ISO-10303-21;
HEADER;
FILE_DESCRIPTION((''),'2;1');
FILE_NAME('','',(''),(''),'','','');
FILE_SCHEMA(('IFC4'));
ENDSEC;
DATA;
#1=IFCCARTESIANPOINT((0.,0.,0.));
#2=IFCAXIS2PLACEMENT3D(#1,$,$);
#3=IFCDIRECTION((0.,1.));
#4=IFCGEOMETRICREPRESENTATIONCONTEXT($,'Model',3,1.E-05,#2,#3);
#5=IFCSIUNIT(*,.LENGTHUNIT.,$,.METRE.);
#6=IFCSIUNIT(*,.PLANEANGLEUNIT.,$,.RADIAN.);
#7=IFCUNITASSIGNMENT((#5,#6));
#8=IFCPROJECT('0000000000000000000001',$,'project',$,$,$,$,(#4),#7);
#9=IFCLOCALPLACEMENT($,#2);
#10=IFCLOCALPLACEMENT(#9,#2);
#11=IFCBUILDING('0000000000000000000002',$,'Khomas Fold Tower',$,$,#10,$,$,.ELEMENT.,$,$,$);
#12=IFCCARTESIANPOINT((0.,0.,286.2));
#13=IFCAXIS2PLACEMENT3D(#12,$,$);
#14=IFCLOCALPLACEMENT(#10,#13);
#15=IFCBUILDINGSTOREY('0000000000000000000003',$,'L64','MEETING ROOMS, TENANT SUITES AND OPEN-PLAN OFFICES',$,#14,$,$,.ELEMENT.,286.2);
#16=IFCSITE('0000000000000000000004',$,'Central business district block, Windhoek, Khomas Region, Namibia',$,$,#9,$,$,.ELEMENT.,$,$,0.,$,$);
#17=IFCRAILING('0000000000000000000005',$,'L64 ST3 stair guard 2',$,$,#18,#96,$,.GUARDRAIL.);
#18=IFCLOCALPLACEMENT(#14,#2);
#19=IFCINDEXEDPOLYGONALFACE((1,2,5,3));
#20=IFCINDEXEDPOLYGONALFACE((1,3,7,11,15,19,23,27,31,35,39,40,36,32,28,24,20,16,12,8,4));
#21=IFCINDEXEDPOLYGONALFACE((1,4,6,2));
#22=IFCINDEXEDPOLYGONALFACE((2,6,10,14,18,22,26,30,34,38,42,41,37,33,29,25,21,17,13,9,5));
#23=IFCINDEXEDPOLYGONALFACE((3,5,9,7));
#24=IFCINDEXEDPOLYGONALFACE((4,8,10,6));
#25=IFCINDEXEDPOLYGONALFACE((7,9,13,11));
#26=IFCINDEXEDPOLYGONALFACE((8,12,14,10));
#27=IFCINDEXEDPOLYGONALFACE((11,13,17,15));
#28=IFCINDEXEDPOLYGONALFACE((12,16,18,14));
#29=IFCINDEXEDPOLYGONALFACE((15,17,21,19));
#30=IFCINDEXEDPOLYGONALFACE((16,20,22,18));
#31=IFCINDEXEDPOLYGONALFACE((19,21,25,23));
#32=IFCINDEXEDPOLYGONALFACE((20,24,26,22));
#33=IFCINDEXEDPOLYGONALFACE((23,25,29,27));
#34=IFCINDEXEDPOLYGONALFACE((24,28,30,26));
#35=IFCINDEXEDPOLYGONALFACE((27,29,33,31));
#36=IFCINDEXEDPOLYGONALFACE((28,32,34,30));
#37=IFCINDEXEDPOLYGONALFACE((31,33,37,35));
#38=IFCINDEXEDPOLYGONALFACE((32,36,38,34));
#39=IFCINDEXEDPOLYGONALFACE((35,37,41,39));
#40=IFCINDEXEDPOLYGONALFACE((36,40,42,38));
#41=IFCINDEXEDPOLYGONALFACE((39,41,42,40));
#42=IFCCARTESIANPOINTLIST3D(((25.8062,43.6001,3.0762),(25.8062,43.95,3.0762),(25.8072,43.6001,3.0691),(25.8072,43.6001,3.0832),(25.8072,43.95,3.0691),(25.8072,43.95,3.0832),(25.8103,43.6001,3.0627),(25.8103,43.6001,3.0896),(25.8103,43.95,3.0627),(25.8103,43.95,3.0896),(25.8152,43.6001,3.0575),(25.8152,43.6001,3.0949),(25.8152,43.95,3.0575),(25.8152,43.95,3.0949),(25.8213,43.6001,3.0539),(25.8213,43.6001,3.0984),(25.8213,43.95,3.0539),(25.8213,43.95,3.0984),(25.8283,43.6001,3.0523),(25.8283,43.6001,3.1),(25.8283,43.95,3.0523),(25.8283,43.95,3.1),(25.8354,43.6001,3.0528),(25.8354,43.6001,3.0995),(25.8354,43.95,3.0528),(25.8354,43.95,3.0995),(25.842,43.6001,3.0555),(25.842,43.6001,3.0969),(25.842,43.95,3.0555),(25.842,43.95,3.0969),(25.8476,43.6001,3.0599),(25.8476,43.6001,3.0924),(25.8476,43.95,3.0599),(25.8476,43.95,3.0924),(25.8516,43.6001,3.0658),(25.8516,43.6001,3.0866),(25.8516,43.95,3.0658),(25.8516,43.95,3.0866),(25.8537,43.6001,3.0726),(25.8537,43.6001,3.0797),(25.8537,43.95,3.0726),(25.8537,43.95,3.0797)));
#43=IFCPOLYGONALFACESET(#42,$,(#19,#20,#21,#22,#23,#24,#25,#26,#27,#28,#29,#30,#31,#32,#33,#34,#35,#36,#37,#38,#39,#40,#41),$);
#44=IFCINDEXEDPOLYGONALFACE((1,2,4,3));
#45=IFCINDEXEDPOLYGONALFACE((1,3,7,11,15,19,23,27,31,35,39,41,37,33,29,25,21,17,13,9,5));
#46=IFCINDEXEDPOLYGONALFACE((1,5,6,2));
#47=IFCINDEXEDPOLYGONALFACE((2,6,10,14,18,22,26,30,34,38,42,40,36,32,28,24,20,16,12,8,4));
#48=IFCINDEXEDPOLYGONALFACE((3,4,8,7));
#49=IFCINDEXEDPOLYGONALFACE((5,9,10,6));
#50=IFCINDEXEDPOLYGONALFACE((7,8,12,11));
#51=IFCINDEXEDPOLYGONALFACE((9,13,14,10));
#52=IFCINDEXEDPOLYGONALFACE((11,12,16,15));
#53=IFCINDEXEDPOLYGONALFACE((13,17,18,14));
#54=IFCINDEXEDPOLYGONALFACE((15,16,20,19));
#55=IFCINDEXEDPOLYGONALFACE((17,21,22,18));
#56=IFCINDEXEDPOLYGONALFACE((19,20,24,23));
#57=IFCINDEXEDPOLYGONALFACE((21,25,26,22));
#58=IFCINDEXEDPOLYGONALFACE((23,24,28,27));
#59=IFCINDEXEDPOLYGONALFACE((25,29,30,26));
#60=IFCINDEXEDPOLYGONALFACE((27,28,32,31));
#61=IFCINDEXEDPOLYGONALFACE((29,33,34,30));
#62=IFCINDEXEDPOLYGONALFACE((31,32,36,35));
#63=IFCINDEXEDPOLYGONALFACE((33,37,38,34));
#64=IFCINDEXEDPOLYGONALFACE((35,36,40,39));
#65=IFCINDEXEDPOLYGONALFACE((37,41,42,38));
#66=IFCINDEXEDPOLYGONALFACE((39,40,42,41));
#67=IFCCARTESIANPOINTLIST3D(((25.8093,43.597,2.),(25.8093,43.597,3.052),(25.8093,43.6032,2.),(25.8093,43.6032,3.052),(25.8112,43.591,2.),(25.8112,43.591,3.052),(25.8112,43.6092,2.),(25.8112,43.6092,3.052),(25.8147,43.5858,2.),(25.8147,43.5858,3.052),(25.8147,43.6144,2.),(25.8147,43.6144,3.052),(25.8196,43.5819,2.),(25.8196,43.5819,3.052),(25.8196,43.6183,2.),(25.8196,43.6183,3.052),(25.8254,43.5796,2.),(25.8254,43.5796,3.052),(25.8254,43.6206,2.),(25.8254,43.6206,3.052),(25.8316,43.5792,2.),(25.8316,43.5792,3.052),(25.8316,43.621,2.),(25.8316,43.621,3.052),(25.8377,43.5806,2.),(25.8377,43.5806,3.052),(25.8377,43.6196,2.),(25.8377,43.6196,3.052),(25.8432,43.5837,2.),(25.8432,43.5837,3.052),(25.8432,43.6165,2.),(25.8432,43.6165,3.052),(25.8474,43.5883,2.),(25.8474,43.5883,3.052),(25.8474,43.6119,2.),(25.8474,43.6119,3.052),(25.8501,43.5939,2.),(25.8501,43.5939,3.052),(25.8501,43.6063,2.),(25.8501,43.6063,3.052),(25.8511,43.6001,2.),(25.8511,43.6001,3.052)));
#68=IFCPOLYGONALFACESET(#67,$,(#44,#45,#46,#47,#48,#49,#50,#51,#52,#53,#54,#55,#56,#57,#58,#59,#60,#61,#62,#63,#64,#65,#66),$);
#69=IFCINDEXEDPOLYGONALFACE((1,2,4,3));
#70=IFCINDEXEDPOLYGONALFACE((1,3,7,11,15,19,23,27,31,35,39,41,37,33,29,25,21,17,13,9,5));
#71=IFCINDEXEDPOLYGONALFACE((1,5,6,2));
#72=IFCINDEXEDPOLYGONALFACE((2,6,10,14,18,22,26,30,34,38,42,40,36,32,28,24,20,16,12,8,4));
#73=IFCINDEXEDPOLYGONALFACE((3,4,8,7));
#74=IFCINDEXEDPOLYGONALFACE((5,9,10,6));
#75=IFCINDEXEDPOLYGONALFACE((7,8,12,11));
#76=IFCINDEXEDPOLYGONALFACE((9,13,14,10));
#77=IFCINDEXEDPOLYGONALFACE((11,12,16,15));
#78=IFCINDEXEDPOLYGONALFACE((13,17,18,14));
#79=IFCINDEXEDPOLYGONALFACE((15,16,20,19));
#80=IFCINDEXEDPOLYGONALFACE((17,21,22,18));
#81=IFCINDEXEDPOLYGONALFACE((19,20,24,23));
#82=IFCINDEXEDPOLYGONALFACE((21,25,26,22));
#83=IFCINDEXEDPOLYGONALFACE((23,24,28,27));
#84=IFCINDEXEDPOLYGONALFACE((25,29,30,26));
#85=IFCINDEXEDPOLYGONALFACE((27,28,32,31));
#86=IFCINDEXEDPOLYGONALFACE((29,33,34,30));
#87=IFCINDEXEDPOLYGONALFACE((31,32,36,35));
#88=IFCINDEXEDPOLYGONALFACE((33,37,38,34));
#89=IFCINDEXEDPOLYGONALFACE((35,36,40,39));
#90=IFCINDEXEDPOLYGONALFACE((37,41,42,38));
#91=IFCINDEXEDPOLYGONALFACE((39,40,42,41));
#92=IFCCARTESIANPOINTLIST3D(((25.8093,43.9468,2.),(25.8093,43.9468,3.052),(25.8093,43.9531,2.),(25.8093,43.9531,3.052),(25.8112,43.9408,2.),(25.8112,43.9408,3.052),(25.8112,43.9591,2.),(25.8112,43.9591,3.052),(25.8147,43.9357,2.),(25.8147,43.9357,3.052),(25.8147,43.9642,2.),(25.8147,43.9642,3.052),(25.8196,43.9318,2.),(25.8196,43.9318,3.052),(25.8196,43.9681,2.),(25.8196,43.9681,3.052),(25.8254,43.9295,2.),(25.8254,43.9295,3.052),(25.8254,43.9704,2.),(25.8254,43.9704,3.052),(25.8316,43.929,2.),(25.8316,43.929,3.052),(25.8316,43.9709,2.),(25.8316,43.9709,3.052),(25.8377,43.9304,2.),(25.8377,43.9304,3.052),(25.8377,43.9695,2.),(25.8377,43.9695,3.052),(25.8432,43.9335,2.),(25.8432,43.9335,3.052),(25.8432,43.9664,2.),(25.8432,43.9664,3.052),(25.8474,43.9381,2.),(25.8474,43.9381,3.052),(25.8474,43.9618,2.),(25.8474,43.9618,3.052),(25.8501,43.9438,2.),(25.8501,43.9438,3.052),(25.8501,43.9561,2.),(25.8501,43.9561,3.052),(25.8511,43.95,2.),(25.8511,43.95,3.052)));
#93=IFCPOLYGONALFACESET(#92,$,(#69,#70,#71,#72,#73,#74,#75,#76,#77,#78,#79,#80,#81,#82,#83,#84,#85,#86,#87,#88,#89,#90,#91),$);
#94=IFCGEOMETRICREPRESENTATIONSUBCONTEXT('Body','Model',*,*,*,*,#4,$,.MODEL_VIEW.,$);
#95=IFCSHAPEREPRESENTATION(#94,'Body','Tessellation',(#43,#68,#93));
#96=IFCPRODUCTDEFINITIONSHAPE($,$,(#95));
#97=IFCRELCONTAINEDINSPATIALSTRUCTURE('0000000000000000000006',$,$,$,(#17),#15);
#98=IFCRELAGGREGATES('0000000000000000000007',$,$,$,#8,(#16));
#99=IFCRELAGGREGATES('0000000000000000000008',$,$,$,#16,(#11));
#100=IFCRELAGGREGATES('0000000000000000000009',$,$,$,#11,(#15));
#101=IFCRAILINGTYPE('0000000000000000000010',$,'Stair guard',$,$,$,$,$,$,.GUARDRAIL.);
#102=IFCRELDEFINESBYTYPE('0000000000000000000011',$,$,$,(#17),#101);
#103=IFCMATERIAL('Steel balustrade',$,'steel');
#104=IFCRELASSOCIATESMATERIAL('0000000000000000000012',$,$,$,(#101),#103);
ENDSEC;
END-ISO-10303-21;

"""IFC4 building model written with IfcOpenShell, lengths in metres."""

from ifc_helpers import new_model, si_unit, direction, frame, origin, origin_2d, place, context, subcontext, project, spatial, circle, extrude, source, transform, mapped, material, type_object, element, save


model = new_model("IFC4")

# Units and contexts
model_context = context("Model", 3, precision=1e-05, world=origin(), true_north=direction((0.0, 1.0)))
body_context = subcontext(model_context, "Body", "Model", "MODEL_VIEW")
ifc_project = project(units=[si_unit("LENGTHUNIT", "METRE"), si_unit("PLANEANGLEUNIT", "RADIAN")], contexts=[model_context])

# Site, building, storey
site_placement = place(None, origin())
site = spatial("IfcSite", under=ifc_project, at=site_placement, Name="Central business district block, Windhoek, Khomas Region, Namibia", CompositionType="ELEMENT", RefElevation=0.0)
building_placement = place(site_placement, origin())
building = spatial("IfcBuilding", under=site, at=building_placement, Name="Khomas Fold Tower", CompositionType="ELEMENT")
storey_placement = place(building_placement, frame((0.0, 0.0, 286.2)))
storey = spatial("IfcBuildingStorey", under=building, at=storey_placement, Name="L64", Description="MEETING ROOMS, TENANT SUITES AND OPEN-PLAN OFFICES", CompositionType="ELEMENT", Elevation=286.2)

# Railing
ifc_material_1 = material(Name="Steel balustrade", Category="steel")
railing_type_1 = type_object("IfcRailingType", Name="Stair guard", PredefinedType="GUARDRAIL", material=ifc_material_1)
shared_shape_1 = source(origin(), body_context, "Body", "SweptSolid", [
    extrude(circle(Radius=0.0239, at=origin_2d()), frame((0.0, 0.0, 1.0762), z_axis=(0.0, 1.0, 0.0), x_axis=(-1.0, 0.0, 0.0)), (0.0, 0.0, 1.0), 0.3499),
    extrude(circle(Radius=0.021, at=origin_2d()), origin(), (0.0, 0.0, 1.0), 1.052),
    extrude(circle(Radius=0.021, at=origin_2d()), frame((0.0, 0.3499, 0.0)), (0.0, 0.0, 1.0), 1.052),
])
railing_1_placement = place(storey_placement, frame((25.8301, 43.6001, 2.0)))
element("IfcRailing", 1, at=railing_1_placement, inside=storey, type_object=railing_type_1, Name="L64 ST3 stair guard 2", PredefinedType="GUARDRAIL", context=body_context, shape_type="MappedRepresentation", body=[
    mapped(shared_shape_1, transform((0.0, 0.0, 0.0))),
])

save(model, "model.ifc")
